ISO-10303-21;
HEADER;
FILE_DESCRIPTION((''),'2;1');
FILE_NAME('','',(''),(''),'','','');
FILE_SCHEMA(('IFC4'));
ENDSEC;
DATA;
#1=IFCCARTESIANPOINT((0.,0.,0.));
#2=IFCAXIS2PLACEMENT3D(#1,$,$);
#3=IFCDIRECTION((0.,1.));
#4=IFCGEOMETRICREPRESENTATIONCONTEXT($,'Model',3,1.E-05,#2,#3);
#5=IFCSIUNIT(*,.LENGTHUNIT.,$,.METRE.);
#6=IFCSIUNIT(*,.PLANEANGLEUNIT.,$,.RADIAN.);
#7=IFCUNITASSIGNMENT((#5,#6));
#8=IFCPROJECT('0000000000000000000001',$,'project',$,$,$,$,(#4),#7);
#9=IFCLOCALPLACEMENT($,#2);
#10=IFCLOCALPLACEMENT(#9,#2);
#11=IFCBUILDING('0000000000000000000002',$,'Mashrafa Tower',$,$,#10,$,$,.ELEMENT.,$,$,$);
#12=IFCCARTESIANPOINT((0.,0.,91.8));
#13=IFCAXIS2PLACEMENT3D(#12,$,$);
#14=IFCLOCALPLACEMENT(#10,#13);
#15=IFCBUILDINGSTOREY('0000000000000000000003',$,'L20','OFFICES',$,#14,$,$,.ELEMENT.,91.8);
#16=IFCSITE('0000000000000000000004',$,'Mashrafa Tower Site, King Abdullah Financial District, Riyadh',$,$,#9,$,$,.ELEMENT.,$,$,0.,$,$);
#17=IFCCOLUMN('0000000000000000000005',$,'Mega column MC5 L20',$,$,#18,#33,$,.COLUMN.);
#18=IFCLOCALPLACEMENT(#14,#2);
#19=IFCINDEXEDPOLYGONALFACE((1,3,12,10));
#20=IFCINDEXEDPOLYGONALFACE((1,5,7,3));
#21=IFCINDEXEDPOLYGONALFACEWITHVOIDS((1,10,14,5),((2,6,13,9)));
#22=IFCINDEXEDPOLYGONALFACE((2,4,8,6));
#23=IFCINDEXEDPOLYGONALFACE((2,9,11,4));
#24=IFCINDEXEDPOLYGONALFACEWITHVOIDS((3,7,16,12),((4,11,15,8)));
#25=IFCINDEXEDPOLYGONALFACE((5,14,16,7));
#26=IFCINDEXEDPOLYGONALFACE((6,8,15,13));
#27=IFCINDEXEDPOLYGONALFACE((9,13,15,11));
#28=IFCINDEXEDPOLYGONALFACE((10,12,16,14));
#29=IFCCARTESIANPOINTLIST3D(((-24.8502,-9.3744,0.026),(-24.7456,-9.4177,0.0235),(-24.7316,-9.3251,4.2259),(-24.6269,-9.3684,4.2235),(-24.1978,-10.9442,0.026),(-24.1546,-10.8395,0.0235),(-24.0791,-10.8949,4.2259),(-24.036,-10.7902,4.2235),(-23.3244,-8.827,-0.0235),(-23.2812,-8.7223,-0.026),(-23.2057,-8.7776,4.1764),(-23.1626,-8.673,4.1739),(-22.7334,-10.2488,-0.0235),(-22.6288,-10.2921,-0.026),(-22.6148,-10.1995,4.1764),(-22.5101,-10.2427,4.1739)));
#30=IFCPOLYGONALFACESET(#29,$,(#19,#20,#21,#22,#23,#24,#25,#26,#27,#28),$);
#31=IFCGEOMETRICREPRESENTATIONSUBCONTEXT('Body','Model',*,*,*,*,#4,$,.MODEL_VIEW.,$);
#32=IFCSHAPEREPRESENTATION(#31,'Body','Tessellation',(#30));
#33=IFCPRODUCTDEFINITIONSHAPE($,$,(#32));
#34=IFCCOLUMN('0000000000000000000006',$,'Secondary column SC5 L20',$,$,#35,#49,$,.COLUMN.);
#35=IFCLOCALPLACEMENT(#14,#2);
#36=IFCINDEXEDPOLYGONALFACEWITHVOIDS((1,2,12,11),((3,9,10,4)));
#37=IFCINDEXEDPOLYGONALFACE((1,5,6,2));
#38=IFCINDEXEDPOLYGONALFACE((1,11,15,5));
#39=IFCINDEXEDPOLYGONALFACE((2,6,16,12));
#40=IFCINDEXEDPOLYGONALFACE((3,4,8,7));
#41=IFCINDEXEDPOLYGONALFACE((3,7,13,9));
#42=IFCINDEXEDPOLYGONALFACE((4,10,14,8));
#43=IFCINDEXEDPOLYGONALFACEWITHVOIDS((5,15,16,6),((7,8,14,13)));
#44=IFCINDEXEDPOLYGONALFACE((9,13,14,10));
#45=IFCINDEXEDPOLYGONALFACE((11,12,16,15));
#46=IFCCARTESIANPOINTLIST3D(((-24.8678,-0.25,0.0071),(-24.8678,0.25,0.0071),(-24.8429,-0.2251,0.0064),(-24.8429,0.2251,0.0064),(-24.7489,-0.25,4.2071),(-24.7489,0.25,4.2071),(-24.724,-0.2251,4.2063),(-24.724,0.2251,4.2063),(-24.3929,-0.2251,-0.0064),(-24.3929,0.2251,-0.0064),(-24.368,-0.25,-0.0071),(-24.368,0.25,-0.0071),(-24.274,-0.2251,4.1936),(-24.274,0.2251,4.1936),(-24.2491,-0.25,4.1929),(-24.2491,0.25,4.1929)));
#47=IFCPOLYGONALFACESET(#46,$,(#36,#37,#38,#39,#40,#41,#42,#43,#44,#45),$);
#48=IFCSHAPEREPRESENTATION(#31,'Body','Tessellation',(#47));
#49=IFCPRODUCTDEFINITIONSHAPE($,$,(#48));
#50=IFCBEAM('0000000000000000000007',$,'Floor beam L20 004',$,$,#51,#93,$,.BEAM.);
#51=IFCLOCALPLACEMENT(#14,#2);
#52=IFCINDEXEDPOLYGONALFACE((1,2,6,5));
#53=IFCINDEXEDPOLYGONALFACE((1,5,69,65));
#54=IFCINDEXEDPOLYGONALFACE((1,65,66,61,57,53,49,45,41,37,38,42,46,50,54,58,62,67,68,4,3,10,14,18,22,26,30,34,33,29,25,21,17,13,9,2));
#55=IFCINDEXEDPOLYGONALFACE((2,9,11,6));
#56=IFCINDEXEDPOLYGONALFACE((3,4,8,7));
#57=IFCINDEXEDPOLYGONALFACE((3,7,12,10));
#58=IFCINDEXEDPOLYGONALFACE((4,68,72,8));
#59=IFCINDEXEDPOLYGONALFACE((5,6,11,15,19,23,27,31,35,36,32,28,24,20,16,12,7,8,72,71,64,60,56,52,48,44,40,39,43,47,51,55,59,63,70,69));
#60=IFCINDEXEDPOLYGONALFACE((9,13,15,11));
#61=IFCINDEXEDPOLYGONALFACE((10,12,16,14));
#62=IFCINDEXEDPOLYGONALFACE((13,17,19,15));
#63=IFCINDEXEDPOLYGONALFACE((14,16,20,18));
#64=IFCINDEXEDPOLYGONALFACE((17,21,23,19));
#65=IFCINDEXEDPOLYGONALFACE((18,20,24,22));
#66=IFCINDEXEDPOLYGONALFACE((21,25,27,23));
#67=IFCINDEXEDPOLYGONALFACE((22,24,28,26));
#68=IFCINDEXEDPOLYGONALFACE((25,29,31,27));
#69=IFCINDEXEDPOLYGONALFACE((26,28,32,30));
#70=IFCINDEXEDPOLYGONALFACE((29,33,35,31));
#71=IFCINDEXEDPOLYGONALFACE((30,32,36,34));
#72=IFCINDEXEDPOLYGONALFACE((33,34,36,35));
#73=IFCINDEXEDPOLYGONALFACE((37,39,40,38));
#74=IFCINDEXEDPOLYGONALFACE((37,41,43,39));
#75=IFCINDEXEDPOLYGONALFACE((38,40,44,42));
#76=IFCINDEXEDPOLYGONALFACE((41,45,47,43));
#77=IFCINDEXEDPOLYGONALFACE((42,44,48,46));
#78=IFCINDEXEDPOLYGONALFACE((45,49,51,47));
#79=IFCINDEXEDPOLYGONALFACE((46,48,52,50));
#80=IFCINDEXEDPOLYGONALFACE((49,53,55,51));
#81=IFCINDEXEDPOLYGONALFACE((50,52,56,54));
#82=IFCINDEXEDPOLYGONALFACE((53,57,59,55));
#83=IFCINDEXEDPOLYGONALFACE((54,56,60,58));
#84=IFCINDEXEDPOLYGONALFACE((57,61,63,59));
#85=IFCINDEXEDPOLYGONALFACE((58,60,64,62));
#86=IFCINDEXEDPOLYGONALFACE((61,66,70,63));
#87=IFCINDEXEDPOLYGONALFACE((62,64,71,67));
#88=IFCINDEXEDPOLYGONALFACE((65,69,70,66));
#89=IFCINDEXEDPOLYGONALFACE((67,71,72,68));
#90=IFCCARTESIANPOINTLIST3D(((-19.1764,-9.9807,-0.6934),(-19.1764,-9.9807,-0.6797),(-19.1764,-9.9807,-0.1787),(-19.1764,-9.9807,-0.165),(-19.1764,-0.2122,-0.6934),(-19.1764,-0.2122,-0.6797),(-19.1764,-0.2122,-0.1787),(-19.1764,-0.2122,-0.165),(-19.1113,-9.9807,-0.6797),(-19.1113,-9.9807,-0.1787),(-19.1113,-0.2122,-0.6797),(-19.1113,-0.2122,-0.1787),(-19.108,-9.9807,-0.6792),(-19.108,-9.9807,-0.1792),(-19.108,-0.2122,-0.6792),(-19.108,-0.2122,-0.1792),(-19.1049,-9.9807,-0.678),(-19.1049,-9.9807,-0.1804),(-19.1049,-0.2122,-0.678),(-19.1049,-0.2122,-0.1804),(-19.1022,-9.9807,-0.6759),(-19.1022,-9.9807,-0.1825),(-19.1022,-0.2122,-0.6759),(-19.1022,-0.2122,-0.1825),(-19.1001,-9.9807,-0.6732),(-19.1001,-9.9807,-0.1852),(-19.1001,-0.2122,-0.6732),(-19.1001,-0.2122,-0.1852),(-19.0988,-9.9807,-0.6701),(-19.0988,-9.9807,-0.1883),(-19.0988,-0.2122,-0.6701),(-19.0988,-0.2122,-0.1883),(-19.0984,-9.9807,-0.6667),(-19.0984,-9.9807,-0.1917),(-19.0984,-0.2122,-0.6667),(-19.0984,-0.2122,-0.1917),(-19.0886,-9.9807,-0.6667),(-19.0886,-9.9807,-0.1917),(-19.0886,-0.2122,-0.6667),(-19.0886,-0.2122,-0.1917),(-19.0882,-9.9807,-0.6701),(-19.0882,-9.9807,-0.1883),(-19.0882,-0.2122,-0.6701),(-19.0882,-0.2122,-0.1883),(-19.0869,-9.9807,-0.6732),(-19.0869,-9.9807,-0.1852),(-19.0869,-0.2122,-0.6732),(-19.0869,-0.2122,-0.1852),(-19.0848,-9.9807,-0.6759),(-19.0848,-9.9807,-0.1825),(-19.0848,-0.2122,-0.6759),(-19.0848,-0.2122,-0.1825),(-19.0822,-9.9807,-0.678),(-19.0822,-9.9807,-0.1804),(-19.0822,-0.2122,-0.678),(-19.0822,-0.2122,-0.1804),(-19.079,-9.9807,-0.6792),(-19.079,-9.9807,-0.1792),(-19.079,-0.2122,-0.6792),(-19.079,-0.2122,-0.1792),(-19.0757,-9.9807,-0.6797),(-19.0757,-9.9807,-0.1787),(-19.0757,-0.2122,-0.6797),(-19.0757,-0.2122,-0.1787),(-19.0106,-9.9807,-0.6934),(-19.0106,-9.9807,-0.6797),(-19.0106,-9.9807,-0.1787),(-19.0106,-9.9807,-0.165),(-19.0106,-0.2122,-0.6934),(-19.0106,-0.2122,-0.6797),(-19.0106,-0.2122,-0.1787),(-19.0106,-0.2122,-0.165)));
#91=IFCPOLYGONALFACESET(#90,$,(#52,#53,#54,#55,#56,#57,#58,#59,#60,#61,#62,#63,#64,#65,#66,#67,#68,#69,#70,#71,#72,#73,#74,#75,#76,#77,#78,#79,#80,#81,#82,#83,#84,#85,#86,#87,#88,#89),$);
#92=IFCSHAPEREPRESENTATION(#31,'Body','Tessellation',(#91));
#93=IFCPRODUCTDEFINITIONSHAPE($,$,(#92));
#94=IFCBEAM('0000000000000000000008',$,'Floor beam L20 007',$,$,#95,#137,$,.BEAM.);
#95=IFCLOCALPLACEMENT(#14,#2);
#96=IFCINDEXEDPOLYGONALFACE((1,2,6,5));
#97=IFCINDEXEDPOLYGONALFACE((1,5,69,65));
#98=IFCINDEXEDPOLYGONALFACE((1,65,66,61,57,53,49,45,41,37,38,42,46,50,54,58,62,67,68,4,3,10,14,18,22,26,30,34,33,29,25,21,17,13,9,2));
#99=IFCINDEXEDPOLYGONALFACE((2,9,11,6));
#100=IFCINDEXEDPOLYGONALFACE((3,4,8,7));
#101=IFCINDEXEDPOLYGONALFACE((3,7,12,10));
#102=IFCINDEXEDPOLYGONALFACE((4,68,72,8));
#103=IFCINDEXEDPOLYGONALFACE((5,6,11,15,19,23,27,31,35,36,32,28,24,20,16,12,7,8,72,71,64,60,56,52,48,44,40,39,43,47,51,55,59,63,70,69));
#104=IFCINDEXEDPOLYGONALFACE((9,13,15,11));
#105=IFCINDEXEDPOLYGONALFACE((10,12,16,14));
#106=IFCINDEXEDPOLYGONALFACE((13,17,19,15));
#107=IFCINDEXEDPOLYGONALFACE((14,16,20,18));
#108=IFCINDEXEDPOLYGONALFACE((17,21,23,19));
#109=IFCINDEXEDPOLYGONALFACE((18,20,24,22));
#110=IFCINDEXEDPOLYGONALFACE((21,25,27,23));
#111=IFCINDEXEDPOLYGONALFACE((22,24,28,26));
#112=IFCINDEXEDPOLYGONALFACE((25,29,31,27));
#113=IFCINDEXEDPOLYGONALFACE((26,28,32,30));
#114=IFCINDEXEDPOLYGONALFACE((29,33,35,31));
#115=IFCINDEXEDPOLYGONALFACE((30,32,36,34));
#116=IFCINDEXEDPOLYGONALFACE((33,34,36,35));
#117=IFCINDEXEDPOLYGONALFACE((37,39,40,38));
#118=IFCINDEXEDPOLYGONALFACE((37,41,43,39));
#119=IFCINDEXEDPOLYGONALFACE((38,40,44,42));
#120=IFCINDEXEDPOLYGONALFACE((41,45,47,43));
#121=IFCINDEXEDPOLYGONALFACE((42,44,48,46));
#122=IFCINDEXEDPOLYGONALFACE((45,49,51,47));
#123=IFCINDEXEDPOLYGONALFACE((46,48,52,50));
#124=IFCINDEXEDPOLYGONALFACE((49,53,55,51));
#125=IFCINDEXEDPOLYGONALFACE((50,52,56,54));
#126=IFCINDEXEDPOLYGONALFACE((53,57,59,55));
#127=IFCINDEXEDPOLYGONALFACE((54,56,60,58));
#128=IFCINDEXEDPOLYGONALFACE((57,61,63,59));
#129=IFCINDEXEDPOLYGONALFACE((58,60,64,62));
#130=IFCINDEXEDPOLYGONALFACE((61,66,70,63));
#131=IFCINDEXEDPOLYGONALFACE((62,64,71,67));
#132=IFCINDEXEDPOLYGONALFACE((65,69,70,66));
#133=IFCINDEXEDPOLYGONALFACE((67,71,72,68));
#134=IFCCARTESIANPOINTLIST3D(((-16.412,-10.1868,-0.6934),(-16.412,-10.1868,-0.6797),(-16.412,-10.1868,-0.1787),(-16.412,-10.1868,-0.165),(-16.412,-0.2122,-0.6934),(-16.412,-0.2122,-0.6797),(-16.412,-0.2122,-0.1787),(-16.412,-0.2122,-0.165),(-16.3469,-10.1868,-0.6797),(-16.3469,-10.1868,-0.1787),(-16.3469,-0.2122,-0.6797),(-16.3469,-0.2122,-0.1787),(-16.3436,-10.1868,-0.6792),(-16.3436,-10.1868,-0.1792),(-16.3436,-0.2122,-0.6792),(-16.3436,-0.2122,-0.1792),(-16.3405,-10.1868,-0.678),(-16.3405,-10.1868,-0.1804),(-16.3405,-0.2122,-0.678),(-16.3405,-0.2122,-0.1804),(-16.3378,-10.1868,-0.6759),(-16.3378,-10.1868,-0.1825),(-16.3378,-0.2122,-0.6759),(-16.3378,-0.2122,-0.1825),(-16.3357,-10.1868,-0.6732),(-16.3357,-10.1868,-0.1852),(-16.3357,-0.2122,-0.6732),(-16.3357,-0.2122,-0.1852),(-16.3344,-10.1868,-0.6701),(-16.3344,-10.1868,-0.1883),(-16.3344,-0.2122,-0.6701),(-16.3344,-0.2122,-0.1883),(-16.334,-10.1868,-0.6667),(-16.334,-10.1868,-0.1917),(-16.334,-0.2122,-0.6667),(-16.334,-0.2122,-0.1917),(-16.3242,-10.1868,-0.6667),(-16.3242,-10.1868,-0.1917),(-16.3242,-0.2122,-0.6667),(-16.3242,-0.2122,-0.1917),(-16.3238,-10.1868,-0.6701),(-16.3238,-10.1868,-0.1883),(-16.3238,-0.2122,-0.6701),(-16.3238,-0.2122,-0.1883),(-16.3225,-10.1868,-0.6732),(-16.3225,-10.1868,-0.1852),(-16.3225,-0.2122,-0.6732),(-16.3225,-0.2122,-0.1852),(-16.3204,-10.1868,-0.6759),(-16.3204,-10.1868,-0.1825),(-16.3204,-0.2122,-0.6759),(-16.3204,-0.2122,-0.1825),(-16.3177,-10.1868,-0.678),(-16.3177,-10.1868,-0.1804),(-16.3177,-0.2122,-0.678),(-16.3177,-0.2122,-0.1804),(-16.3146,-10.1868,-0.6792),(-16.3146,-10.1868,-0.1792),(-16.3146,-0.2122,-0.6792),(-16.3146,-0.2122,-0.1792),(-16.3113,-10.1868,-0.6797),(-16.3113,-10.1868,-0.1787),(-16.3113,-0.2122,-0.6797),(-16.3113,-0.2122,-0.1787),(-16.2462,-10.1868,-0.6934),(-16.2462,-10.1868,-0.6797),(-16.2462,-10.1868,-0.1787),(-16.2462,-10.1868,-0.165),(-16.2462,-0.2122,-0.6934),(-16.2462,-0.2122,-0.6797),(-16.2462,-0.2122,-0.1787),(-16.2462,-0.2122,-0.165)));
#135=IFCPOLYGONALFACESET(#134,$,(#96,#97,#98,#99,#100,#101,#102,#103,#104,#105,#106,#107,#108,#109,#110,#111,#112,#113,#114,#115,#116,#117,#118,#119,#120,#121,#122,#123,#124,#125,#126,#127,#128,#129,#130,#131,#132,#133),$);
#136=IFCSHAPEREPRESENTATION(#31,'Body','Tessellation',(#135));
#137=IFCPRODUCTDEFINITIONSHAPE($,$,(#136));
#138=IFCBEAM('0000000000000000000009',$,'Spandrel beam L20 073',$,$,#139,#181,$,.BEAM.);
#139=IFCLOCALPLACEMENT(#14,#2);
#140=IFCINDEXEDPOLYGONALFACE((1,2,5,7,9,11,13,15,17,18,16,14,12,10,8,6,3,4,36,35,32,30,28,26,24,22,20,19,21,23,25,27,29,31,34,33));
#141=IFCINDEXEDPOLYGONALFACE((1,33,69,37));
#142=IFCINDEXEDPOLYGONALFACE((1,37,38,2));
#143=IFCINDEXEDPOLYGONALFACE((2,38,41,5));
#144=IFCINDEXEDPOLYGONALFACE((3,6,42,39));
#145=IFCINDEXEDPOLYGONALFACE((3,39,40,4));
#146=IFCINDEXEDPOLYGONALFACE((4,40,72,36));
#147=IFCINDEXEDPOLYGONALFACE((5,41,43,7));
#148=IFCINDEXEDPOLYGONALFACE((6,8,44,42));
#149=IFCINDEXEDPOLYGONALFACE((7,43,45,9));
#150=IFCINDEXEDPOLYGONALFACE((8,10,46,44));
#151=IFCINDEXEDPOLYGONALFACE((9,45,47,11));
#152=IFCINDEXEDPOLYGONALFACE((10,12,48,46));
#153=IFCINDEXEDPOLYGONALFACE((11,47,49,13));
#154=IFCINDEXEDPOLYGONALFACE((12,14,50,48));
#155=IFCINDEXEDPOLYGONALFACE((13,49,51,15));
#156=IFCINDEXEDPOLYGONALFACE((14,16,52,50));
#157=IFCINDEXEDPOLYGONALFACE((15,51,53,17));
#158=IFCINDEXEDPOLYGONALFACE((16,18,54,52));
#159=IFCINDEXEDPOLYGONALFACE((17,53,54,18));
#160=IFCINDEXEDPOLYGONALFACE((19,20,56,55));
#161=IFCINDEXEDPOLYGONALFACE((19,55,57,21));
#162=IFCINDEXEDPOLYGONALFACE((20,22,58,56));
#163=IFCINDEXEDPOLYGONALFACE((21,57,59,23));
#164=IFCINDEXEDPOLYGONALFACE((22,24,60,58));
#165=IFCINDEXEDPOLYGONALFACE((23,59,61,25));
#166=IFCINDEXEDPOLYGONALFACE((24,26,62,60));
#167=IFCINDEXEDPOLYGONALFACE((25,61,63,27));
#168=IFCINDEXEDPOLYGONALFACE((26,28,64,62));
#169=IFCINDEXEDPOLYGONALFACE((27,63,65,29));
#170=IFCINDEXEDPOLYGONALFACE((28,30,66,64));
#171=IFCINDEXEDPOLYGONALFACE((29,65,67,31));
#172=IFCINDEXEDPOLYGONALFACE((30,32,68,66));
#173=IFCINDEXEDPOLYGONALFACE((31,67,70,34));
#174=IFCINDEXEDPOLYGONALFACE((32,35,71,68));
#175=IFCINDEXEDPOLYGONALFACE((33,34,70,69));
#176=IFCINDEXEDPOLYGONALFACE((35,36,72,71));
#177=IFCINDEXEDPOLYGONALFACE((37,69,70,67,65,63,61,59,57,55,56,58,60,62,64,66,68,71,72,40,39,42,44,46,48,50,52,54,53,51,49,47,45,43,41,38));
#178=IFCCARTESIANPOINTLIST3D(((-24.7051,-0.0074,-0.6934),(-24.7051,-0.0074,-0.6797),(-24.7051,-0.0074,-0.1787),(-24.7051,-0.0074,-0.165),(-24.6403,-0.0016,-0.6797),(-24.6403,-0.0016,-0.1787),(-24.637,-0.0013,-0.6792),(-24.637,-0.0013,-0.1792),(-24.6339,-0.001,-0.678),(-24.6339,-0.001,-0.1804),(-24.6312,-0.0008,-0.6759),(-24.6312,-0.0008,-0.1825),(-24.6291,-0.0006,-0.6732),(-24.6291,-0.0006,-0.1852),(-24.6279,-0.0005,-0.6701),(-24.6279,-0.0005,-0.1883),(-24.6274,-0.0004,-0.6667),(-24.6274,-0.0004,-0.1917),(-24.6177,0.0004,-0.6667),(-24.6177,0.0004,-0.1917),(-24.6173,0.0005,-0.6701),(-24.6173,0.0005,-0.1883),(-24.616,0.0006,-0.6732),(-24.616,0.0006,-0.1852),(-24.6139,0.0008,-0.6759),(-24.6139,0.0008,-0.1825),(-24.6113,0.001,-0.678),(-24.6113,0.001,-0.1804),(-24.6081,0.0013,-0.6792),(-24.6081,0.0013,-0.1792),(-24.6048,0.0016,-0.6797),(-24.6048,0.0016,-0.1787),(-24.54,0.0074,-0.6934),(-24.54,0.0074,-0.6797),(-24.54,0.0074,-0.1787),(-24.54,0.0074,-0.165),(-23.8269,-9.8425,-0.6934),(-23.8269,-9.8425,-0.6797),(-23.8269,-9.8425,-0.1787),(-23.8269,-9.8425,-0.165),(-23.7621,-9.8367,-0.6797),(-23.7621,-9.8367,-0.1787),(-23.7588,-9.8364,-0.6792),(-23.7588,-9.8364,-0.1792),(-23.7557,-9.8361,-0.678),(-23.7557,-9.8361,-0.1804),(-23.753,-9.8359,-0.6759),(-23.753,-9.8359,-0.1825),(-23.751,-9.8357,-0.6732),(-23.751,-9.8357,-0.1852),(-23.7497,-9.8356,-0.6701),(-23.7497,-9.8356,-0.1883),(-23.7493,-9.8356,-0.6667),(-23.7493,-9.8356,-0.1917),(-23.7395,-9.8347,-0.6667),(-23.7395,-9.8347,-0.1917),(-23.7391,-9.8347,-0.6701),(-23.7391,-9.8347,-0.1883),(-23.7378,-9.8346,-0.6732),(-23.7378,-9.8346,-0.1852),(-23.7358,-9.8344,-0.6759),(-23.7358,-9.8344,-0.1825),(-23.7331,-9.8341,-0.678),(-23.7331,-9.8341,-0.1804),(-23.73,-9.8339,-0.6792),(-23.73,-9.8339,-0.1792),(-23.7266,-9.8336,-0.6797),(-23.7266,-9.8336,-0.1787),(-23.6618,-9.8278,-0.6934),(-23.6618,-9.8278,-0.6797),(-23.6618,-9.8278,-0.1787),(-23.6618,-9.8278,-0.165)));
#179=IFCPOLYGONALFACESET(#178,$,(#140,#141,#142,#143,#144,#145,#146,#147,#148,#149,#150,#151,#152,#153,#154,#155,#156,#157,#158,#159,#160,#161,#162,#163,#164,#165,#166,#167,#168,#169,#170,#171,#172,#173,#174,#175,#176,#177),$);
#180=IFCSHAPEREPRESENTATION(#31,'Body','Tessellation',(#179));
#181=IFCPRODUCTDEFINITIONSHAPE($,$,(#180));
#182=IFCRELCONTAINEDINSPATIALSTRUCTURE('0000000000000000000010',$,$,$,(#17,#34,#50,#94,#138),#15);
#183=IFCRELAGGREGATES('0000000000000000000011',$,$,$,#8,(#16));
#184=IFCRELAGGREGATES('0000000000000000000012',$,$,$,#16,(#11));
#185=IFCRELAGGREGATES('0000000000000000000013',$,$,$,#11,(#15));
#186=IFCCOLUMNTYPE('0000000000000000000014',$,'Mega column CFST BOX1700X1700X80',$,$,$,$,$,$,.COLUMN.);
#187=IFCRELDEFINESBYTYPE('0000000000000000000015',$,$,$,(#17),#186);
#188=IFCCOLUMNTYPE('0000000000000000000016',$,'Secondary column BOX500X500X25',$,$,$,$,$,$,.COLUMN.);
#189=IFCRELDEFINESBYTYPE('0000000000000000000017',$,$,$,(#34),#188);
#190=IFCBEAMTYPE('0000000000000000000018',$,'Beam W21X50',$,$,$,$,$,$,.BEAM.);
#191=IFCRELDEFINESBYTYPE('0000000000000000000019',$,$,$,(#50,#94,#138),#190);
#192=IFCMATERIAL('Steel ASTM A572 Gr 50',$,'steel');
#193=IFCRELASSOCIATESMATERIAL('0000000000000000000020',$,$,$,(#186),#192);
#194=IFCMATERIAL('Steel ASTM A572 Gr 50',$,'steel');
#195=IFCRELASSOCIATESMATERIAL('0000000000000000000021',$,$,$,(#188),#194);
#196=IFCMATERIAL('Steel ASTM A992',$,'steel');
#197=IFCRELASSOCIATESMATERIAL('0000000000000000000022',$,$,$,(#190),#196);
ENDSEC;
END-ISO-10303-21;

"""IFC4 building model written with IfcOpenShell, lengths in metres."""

from ifc_helpers import new_model, si_unit, direction, frame, origin, origin_2d, place, context, subcontext, project, spatial, hollow_rectangle, i_section, extrude, material, material_profile, profile_set, type_object, element, save


model = new_model("IFC4")

# Units and contexts
model_context = context("Model", 3, precision=1e-05, world=origin(), true_north=direction((0.0, 1.0)))
body_context = subcontext(model_context, "Body", "Model", "MODEL_VIEW")
ifc_project = project(units=[si_unit("LENGTHUNIT", "METRE"), si_unit("PLANEANGLEUNIT", "RADIAN")], contexts=[model_context])

# Site, building, storey
site_placement = place(None, origin())
site = spatial("IfcSite", under=ifc_project, at=site_placement, Name="Mashrafa Tower Site, King Abdullah Financial District, Riyadh", CompositionType="ELEMENT", RefElevation=0.0)
building_placement = place(site_placement, origin())
building = spatial("IfcBuilding", under=site, at=building_placement, Name="Mashrafa Tower", CompositionType="ELEMENT")
storey_placement = place(building_placement, frame((0.0, 0.0, 91.8)))
storey = spatial("IfcBuildingStorey", under=building, at=storey_placement, Name="L20", Description="OFFICES", CompositionType="ELEMENT", Elevation=91.8)

# Columns
ifc_material_1 = material(Name="Steel ASTM A572 Gr 50", Category="steel")
ifc_material_profile_1 = material_profile(ifc_material_1, hollow_rectangle(XDim=1.7, YDim=1.7, WallThickness=0.0801, at=origin_2d()), Name="BOX1700X1700X80")
ifc_profile_set_1 = profile_set([ifc_material_profile_1], Name="Steel ASTM A572 Gr 50")
column_type_1 = type_object("IfcColumnType", Name="Mega column CFST BOX1700X1700X80", PredefinedType="COLUMN", material=ifc_profile_set_1)
column_1_placement = place(storey_placement, frame((-23.7395, -9.8333, 0.0), z_axis=(0.028238, 0.011737, 0.999532), x_axis=(-0.383806, 0.923414, 0.0)))
element("IfcColumn", 1, at=column_1_placement, inside=storey, type_object=column_type_1, Name="Mega column MC5 L20", PredefinedType="COLUMN", context=body_context, shape_type="SweptSolid", body=[
    extrude(hollow_rectangle(XDim=1.7, YDim=1.7, WallThickness=0.0801, at=origin_2d()), origin(), (0.0, 0.0, 1.0), 4.2019),
])
ifc_material_2 = material(Name="Steel ASTM A572 Gr 50", Category="steel")
ifc_material_profile_2 = material_profile(ifc_material_2, hollow_rectangle(XDim=0.5, YDim=0.5, WallThickness=0.0249, at=origin_2d()), Name="BOX500X500X25")
ifc_profile_set_2 = profile_set([ifc_material_profile_2], Name="Steel ASTM A572 Gr 50")
column_type_2 = type_object("IfcColumnType", Name="Secondary column BOX500X500X25", PredefinedType="COLUMN", material=ifc_profile_set_2)
column_2_placement = place(storey_placement, frame((-24.6179, 0.0, 0.0), z_axis=(0.028298, 0.0, 0.9996), x_axis=(0.0, 1.0, 0.0)))
element("IfcColumn", 2, at=column_2_placement, inside=storey, type_object=column_type_2, Name="Secondary column SC5 L20", PredefinedType="COLUMN", context=body_context, shape_type="SweptSolid", body=[
    extrude(hollow_rectangle(XDim=0.5, YDim=0.5, WallThickness=0.0249, at=origin_2d()), origin(), (0.0, 0.0, 1.0), 4.2017),
])

# Beams
ifc_material_3 = material(Name="Steel ASTM A992", Category="steel")
ifc_material_profile_3 = material_profile(ifc_material_3, i_section(OverallWidth=0.1658, OverallDepth=0.5283, WebThickness=0.0098, FlangeThickness=0.0137, FilletRadius=0.0129, at=origin_2d()), Name="W21X50")
ifc_profile_set_3 = profile_set([ifc_material_profile_3], Name="Steel ASTM A992")
beam_type_1 = type_object("IfcBeamType", Name="Beam W21X50", PredefinedType="BEAM", material=ifc_profile_set_3)
beam_1_placement = place(storey_placement, frame((-19.0935, -9.9807, -0.4292), z_axis=(0.0, 1.0, 0.0), x_axis=(-1.0, 0.0, 0.0)))
element("IfcBeam", 3, at=beam_1_placement, inside=storey, type_object=beam_type_1, Name="Floor beam L20 004", PredefinedType="BEAM", context=body_context, shape_type="SweptSolid", body=[
    extrude(i_section(OverallWidth=0.1658, OverallDepth=0.5283, WebThickness=0.0098, FlangeThickness=0.0137, FilletRadius=0.0129, at=origin_2d()), origin(), (0.0, 0.0, 1.0), 9.7686),
])
beam_2_placement = place(storey_placement, frame((-16.3291, -10.1868, -0.4292), z_axis=(0.0, 1.0, 0.0), x_axis=(-1.0, 0.0, 0.0)))
element("IfcBeam", 4, at=beam_2_placement, inside=storey, type_object=beam_type_1, Name="Floor beam L20 007", PredefinedType="BEAM", context=body_context, shape_type="SweptSolid", body=[
    extrude(i_section(OverallWidth=0.1658, OverallDepth=0.5283, WebThickness=0.0098, FlangeThickness=0.0137, FilletRadius=0.0129, at=origin_2d()), origin(), (0.0, 0.0, 1.0), 9.9746),
])
for number, where, z_axis, x_axis, name in (
    (5, (-24.6226, 0.0, -0.4292), (0.088935, -0.996037, 0.0), (0.996037, 0.088935, 0.0), "Spandrel beam L20 073"),
):
    element("IfcBeam", number, at=place(storey_placement, frame(where, z_axis=z_axis, x_axis=x_axis)), inside=storey, type_object=beam_type_1, Name=name, PredefinedType="BEAM", context=body_context, shape_type="SweptSolid", body=[
        extrude(i_section(OverallWidth=0.1658, OverallDepth=0.5283, WebThickness=0.0098, FlangeThickness=0.0137, FilletRadius=0.0129, at=origin_2d()), origin(), (0.0, 0.0, 1.0), 9.8743),
    ])

save(model, "model.ifc")
